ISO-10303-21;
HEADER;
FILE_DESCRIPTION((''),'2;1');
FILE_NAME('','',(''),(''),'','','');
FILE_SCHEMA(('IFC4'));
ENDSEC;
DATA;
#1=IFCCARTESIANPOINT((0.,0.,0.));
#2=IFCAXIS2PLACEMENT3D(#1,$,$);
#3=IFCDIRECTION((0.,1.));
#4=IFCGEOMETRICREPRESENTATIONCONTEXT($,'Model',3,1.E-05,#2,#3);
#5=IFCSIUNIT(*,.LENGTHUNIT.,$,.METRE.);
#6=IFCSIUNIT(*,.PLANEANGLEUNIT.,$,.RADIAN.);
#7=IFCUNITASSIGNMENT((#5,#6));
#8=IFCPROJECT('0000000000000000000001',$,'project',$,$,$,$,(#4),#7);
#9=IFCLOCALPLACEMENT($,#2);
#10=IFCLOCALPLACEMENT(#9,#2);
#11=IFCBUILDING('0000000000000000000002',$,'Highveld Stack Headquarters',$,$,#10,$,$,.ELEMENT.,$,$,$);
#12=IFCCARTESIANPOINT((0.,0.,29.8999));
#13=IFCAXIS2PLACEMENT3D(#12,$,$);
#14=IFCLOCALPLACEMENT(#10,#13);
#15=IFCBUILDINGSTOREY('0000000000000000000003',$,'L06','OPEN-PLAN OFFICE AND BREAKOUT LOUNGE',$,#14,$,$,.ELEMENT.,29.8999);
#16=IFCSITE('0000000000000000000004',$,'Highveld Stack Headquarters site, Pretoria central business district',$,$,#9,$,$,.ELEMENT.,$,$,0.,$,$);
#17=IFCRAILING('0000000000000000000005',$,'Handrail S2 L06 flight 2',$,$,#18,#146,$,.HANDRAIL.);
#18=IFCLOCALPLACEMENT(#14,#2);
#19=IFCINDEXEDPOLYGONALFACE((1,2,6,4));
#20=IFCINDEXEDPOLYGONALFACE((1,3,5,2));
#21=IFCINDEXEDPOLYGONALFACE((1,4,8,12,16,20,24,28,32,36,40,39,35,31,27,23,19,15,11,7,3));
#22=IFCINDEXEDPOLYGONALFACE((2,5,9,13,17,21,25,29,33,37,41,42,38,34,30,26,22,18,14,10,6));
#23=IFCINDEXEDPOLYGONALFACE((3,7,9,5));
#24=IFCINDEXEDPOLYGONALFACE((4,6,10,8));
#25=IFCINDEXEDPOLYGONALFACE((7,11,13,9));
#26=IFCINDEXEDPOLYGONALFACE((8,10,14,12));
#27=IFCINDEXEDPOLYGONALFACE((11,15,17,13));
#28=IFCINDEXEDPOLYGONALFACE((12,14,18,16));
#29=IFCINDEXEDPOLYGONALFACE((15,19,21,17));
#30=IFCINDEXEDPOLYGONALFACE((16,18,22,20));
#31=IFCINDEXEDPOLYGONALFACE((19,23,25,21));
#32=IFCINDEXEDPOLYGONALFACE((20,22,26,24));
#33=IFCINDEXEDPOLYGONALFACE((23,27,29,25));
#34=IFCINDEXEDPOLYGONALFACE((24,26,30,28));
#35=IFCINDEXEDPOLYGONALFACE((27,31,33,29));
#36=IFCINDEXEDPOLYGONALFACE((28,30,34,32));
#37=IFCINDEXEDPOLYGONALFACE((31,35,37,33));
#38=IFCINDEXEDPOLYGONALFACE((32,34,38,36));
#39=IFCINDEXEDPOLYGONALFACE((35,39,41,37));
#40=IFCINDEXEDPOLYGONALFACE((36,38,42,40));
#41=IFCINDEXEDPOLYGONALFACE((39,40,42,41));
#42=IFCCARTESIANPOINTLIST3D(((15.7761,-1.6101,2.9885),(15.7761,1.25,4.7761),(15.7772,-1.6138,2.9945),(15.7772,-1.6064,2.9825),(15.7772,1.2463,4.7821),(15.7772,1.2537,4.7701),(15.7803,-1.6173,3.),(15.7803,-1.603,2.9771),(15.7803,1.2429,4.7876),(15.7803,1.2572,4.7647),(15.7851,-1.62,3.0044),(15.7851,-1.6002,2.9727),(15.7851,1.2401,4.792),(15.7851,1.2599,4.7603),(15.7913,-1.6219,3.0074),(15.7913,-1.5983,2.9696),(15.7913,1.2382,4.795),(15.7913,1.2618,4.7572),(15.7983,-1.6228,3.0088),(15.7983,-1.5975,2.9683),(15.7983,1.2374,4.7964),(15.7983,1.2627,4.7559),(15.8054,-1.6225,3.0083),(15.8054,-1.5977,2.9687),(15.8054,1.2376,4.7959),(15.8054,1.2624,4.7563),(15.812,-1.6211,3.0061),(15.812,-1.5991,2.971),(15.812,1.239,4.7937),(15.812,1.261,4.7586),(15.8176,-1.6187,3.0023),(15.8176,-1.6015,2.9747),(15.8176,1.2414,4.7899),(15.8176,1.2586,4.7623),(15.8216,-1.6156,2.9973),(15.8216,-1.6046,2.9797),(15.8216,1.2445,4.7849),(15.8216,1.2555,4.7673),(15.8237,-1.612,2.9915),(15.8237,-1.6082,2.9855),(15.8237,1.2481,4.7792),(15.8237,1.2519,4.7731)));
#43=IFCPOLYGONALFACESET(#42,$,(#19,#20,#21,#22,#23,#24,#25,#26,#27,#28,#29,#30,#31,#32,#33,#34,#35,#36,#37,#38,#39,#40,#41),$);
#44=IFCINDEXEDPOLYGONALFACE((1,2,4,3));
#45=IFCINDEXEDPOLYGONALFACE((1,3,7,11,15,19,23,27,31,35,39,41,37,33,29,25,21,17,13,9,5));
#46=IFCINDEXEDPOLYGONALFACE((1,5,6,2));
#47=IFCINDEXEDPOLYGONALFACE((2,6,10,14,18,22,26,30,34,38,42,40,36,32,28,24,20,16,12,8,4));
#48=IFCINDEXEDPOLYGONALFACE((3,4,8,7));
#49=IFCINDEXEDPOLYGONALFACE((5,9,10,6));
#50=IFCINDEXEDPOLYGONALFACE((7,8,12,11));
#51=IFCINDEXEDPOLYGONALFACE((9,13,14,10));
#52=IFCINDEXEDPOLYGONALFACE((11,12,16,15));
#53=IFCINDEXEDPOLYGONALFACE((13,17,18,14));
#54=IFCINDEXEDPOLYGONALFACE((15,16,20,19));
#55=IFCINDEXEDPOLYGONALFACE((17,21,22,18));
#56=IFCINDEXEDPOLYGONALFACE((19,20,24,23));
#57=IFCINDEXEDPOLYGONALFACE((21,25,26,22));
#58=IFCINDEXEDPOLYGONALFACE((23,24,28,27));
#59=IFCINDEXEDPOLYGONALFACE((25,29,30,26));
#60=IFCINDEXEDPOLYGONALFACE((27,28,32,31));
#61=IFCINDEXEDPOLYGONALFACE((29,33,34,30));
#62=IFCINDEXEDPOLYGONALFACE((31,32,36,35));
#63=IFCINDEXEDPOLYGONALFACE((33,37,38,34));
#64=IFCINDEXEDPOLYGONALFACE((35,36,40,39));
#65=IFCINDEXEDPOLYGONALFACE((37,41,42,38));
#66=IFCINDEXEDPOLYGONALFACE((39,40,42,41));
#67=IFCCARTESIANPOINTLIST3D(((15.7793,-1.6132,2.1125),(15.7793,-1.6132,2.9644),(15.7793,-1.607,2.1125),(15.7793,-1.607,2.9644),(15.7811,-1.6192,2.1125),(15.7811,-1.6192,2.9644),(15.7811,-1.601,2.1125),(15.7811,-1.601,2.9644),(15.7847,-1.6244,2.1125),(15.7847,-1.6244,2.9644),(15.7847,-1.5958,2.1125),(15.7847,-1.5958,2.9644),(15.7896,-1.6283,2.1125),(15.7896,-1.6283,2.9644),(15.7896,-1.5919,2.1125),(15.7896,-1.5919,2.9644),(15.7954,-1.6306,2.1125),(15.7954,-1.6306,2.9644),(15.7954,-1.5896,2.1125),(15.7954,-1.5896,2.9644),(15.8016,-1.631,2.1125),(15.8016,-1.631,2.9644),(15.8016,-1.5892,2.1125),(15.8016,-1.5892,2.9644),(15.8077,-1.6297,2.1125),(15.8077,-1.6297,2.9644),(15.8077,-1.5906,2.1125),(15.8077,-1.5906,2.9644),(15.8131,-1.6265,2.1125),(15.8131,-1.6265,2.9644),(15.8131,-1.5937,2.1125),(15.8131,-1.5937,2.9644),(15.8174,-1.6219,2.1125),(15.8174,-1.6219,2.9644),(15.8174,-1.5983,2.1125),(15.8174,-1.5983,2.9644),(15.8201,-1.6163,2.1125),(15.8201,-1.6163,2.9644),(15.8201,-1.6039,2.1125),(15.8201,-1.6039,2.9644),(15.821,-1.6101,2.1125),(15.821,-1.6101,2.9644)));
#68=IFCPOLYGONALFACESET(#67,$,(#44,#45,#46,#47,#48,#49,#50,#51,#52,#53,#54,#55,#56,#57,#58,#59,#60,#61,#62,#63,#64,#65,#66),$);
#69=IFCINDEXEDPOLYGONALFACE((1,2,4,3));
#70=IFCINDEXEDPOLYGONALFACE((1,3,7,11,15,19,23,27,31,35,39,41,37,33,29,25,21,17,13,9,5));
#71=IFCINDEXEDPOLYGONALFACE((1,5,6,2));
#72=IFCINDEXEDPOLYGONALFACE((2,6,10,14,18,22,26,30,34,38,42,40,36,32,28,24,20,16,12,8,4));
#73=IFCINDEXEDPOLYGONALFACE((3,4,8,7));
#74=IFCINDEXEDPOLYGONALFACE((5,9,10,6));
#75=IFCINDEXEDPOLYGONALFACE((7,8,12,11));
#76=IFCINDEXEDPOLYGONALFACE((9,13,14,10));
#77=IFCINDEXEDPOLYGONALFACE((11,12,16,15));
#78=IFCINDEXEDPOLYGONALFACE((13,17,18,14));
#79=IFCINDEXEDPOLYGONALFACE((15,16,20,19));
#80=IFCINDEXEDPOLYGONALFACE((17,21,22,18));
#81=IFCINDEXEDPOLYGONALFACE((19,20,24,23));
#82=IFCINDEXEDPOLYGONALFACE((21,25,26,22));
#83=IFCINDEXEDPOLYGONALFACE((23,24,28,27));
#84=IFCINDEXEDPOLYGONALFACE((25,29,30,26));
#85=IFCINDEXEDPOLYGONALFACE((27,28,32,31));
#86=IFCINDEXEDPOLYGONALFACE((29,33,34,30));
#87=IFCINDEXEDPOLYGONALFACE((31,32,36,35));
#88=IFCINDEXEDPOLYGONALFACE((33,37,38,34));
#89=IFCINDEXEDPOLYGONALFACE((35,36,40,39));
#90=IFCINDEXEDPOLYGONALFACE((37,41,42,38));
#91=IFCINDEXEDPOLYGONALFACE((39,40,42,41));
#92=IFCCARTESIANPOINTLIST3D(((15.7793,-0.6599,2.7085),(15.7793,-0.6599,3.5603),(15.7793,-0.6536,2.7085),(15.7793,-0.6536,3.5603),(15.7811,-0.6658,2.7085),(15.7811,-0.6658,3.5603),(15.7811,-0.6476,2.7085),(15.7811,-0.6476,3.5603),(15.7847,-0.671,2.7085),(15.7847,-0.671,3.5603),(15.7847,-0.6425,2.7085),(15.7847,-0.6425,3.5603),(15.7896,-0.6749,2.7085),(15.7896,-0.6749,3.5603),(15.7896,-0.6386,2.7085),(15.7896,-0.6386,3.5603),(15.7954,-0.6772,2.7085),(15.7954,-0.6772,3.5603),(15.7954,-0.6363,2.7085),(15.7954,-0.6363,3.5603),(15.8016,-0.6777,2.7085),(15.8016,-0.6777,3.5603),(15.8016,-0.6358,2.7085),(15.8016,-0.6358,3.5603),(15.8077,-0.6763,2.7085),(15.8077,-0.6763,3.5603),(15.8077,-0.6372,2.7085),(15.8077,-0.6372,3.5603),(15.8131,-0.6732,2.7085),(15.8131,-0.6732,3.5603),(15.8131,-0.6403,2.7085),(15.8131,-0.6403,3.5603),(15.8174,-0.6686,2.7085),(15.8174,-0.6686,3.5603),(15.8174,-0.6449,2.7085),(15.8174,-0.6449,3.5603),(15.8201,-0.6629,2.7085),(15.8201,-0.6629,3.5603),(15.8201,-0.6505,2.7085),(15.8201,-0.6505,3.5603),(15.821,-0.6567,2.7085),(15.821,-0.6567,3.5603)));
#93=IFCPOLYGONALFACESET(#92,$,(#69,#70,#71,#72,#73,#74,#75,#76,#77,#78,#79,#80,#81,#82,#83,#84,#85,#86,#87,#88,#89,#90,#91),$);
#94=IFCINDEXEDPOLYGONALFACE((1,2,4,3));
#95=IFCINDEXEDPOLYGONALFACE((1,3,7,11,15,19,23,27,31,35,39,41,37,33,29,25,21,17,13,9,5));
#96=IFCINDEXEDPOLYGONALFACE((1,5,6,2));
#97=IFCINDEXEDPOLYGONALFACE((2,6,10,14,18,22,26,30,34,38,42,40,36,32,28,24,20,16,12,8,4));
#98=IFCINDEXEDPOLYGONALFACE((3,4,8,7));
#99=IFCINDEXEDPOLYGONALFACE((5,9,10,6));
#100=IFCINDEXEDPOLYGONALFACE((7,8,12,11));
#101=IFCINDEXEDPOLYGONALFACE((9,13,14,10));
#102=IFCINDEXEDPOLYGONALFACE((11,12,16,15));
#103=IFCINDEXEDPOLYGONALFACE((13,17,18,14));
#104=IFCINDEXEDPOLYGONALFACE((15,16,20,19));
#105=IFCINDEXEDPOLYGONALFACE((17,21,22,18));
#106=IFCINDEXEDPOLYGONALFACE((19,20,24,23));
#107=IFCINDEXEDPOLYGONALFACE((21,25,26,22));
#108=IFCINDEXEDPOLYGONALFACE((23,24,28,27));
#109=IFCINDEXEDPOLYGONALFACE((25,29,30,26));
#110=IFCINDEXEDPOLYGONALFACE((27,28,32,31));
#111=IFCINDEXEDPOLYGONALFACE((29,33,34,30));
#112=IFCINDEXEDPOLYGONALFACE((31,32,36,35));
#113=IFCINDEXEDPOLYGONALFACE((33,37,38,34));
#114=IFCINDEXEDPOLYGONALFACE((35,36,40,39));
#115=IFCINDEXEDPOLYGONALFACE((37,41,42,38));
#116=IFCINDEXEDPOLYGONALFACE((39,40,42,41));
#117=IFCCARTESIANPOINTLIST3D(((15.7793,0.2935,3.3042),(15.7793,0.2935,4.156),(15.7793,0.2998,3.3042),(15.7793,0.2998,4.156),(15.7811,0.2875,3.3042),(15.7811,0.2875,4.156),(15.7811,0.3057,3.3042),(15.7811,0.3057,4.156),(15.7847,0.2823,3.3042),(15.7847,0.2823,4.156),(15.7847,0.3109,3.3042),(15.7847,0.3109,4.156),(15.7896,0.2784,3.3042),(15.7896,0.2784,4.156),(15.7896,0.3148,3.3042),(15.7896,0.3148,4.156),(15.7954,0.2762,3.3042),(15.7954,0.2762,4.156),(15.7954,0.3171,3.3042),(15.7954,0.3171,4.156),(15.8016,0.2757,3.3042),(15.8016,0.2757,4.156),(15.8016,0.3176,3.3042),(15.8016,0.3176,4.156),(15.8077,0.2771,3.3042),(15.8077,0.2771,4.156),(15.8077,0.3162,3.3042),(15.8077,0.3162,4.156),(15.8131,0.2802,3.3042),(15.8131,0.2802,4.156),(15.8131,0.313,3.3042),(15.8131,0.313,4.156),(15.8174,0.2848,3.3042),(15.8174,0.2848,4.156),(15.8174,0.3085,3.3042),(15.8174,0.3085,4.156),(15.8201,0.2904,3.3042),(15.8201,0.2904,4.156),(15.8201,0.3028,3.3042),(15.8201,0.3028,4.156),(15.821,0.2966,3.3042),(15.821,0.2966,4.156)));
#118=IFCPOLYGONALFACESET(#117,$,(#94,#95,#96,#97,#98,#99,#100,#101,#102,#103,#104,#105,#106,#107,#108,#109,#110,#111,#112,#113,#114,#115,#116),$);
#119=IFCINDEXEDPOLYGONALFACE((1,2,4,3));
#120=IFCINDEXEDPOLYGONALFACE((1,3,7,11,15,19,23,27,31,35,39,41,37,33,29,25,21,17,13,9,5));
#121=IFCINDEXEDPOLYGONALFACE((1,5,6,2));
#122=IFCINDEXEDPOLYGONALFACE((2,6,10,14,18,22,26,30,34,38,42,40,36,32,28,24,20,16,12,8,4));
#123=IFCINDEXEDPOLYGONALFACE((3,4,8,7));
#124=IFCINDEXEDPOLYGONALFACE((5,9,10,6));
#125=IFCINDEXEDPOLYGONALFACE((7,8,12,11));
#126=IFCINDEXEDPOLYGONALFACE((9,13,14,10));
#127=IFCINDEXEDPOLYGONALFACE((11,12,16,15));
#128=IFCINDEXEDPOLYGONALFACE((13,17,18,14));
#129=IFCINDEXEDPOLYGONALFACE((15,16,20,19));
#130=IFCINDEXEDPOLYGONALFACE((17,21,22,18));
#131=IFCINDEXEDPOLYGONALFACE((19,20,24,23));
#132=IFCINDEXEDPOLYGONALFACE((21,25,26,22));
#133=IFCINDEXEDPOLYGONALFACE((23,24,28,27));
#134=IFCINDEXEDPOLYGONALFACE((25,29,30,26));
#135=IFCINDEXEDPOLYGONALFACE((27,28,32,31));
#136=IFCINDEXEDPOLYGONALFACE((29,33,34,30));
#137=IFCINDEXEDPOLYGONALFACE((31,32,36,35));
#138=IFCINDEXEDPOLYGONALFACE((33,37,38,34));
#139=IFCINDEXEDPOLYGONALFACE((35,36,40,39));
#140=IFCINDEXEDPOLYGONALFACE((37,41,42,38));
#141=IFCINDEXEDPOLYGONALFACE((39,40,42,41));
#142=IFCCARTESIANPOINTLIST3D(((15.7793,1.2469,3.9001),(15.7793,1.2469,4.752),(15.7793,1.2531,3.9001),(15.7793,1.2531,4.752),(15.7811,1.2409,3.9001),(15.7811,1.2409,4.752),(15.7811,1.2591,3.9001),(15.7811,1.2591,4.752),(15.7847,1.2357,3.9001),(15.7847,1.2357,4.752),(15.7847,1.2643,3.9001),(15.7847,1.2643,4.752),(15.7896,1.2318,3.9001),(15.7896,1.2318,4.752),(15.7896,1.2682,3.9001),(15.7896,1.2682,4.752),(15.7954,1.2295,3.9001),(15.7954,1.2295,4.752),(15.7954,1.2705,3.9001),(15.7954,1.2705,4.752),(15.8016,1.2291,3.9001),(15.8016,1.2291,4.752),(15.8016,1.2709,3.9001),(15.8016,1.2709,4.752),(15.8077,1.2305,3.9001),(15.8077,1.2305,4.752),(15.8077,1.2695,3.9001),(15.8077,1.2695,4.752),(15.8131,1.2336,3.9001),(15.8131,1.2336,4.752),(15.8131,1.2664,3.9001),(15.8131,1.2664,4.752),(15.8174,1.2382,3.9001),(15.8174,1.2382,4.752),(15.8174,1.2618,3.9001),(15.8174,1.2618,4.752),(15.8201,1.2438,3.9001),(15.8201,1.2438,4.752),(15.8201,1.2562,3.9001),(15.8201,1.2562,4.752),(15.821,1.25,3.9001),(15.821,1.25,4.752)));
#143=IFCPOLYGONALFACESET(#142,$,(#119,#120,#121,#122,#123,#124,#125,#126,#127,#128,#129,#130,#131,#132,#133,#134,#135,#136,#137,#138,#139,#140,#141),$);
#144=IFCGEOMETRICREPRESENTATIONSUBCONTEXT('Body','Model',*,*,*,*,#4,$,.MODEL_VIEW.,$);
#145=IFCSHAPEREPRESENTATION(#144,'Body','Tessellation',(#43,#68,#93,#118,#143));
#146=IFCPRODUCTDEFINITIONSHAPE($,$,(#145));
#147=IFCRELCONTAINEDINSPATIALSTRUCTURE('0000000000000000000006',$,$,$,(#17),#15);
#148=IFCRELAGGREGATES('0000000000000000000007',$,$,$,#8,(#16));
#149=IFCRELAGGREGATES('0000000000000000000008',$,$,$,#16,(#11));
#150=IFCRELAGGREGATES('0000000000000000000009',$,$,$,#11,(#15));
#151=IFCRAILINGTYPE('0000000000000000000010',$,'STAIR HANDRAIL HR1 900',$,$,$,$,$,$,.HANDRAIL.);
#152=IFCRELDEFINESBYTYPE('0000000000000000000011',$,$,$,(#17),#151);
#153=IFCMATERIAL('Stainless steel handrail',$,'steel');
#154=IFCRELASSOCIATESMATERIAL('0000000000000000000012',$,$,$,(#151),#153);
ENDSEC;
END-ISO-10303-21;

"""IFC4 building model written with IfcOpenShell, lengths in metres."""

from ifc_helpers import new_model, si_unit, direction, frame, origin, origin_2d, place, context, subcontext, project, spatial, circle, extrude, material, type_object, element, save


model = new_model("IFC4")

# Units and contexts
model_context = context("Model", 3, precision=1e-05, world=origin(), true_north=direction((0.0, 1.0)))
body_context = subcontext(model_context, "Body", "Model", "MODEL_VIEW")
ifc_project = project(units=[si_unit("LENGTHUNIT", "METRE"), si_unit("PLANEANGLEUNIT", "RADIAN")], contexts=[model_context])

# Site, building, storey
site_placement = place(None, origin())
site = spatial("IfcSite", under=ifc_project, at=site_placement, Name="Highveld Stack Headquarters site, Pretoria central business district", CompositionType="ELEMENT", RefElevation=0.0)
building_placement = place(site_placement, origin())
building = spatial("IfcBuilding", under=site, at=building_placement, Name="Highveld Stack Headquarters", CompositionType="ELEMENT")
storey_placement = place(building_placement, frame((0.0, 0.0, 29.8999)))
storey = spatial("IfcBuildingStorey", under=building, at=storey_placement, Name="L06", Description="OPEN-PLAN OFFICE AND BREAKOUT LOUNGE", CompositionType="ELEMENT", Elevation=29.8999)

# Railing
ifc_material_1 = material(Name="Stainless steel handrail", Category="steel")
railing_type = type_object("IfcRailingType", Name="STAIR HANDRAIL HR1 900", PredefinedType="HANDRAIL", material=ifc_material_1)
railing_placement = place(storey_placement, frame((15.8, -1.6101, 2.1125)))
element("IfcRailing", 1, at=railing_placement, inside=storey, type_object=railing_type, Name="Handrail S2 L06 flight 2", PredefinedType="HANDRAIL", context=body_context, shape_type="SweptSolid", body=[
    extrude(circle(Radius=0.0239, at=origin_2d()), frame((0.0, 0.0, 0.876), z_axis=(0.0, 0.847994, 0.530005), x_axis=(-1.0, 0.0, 0.0)), (0.0, 0.0, 1.0), 3.3728),
    extrude(circle(Radius=0.021, at=origin_2d()), origin(), (0.0, 0.0, 1.0), 0.8518),
    extrude(circle(Radius=0.021, at=origin_2d()), frame((0.0, 0.9534, 0.5959)), (0.0, 0.0, 1.0), 0.8518),
    extrude(circle(Radius=0.021, at=origin_2d()), frame((0.0, 1.9067, 1.1917)), (0.0, 0.0, 1.0), 0.8518),
    extrude(circle(Radius=0.021, at=origin_2d()), frame((0.0, 2.8601, 1.7876)), (0.0, 0.0, 1.0), 0.8518),
])

save(model, "model.ifc")
